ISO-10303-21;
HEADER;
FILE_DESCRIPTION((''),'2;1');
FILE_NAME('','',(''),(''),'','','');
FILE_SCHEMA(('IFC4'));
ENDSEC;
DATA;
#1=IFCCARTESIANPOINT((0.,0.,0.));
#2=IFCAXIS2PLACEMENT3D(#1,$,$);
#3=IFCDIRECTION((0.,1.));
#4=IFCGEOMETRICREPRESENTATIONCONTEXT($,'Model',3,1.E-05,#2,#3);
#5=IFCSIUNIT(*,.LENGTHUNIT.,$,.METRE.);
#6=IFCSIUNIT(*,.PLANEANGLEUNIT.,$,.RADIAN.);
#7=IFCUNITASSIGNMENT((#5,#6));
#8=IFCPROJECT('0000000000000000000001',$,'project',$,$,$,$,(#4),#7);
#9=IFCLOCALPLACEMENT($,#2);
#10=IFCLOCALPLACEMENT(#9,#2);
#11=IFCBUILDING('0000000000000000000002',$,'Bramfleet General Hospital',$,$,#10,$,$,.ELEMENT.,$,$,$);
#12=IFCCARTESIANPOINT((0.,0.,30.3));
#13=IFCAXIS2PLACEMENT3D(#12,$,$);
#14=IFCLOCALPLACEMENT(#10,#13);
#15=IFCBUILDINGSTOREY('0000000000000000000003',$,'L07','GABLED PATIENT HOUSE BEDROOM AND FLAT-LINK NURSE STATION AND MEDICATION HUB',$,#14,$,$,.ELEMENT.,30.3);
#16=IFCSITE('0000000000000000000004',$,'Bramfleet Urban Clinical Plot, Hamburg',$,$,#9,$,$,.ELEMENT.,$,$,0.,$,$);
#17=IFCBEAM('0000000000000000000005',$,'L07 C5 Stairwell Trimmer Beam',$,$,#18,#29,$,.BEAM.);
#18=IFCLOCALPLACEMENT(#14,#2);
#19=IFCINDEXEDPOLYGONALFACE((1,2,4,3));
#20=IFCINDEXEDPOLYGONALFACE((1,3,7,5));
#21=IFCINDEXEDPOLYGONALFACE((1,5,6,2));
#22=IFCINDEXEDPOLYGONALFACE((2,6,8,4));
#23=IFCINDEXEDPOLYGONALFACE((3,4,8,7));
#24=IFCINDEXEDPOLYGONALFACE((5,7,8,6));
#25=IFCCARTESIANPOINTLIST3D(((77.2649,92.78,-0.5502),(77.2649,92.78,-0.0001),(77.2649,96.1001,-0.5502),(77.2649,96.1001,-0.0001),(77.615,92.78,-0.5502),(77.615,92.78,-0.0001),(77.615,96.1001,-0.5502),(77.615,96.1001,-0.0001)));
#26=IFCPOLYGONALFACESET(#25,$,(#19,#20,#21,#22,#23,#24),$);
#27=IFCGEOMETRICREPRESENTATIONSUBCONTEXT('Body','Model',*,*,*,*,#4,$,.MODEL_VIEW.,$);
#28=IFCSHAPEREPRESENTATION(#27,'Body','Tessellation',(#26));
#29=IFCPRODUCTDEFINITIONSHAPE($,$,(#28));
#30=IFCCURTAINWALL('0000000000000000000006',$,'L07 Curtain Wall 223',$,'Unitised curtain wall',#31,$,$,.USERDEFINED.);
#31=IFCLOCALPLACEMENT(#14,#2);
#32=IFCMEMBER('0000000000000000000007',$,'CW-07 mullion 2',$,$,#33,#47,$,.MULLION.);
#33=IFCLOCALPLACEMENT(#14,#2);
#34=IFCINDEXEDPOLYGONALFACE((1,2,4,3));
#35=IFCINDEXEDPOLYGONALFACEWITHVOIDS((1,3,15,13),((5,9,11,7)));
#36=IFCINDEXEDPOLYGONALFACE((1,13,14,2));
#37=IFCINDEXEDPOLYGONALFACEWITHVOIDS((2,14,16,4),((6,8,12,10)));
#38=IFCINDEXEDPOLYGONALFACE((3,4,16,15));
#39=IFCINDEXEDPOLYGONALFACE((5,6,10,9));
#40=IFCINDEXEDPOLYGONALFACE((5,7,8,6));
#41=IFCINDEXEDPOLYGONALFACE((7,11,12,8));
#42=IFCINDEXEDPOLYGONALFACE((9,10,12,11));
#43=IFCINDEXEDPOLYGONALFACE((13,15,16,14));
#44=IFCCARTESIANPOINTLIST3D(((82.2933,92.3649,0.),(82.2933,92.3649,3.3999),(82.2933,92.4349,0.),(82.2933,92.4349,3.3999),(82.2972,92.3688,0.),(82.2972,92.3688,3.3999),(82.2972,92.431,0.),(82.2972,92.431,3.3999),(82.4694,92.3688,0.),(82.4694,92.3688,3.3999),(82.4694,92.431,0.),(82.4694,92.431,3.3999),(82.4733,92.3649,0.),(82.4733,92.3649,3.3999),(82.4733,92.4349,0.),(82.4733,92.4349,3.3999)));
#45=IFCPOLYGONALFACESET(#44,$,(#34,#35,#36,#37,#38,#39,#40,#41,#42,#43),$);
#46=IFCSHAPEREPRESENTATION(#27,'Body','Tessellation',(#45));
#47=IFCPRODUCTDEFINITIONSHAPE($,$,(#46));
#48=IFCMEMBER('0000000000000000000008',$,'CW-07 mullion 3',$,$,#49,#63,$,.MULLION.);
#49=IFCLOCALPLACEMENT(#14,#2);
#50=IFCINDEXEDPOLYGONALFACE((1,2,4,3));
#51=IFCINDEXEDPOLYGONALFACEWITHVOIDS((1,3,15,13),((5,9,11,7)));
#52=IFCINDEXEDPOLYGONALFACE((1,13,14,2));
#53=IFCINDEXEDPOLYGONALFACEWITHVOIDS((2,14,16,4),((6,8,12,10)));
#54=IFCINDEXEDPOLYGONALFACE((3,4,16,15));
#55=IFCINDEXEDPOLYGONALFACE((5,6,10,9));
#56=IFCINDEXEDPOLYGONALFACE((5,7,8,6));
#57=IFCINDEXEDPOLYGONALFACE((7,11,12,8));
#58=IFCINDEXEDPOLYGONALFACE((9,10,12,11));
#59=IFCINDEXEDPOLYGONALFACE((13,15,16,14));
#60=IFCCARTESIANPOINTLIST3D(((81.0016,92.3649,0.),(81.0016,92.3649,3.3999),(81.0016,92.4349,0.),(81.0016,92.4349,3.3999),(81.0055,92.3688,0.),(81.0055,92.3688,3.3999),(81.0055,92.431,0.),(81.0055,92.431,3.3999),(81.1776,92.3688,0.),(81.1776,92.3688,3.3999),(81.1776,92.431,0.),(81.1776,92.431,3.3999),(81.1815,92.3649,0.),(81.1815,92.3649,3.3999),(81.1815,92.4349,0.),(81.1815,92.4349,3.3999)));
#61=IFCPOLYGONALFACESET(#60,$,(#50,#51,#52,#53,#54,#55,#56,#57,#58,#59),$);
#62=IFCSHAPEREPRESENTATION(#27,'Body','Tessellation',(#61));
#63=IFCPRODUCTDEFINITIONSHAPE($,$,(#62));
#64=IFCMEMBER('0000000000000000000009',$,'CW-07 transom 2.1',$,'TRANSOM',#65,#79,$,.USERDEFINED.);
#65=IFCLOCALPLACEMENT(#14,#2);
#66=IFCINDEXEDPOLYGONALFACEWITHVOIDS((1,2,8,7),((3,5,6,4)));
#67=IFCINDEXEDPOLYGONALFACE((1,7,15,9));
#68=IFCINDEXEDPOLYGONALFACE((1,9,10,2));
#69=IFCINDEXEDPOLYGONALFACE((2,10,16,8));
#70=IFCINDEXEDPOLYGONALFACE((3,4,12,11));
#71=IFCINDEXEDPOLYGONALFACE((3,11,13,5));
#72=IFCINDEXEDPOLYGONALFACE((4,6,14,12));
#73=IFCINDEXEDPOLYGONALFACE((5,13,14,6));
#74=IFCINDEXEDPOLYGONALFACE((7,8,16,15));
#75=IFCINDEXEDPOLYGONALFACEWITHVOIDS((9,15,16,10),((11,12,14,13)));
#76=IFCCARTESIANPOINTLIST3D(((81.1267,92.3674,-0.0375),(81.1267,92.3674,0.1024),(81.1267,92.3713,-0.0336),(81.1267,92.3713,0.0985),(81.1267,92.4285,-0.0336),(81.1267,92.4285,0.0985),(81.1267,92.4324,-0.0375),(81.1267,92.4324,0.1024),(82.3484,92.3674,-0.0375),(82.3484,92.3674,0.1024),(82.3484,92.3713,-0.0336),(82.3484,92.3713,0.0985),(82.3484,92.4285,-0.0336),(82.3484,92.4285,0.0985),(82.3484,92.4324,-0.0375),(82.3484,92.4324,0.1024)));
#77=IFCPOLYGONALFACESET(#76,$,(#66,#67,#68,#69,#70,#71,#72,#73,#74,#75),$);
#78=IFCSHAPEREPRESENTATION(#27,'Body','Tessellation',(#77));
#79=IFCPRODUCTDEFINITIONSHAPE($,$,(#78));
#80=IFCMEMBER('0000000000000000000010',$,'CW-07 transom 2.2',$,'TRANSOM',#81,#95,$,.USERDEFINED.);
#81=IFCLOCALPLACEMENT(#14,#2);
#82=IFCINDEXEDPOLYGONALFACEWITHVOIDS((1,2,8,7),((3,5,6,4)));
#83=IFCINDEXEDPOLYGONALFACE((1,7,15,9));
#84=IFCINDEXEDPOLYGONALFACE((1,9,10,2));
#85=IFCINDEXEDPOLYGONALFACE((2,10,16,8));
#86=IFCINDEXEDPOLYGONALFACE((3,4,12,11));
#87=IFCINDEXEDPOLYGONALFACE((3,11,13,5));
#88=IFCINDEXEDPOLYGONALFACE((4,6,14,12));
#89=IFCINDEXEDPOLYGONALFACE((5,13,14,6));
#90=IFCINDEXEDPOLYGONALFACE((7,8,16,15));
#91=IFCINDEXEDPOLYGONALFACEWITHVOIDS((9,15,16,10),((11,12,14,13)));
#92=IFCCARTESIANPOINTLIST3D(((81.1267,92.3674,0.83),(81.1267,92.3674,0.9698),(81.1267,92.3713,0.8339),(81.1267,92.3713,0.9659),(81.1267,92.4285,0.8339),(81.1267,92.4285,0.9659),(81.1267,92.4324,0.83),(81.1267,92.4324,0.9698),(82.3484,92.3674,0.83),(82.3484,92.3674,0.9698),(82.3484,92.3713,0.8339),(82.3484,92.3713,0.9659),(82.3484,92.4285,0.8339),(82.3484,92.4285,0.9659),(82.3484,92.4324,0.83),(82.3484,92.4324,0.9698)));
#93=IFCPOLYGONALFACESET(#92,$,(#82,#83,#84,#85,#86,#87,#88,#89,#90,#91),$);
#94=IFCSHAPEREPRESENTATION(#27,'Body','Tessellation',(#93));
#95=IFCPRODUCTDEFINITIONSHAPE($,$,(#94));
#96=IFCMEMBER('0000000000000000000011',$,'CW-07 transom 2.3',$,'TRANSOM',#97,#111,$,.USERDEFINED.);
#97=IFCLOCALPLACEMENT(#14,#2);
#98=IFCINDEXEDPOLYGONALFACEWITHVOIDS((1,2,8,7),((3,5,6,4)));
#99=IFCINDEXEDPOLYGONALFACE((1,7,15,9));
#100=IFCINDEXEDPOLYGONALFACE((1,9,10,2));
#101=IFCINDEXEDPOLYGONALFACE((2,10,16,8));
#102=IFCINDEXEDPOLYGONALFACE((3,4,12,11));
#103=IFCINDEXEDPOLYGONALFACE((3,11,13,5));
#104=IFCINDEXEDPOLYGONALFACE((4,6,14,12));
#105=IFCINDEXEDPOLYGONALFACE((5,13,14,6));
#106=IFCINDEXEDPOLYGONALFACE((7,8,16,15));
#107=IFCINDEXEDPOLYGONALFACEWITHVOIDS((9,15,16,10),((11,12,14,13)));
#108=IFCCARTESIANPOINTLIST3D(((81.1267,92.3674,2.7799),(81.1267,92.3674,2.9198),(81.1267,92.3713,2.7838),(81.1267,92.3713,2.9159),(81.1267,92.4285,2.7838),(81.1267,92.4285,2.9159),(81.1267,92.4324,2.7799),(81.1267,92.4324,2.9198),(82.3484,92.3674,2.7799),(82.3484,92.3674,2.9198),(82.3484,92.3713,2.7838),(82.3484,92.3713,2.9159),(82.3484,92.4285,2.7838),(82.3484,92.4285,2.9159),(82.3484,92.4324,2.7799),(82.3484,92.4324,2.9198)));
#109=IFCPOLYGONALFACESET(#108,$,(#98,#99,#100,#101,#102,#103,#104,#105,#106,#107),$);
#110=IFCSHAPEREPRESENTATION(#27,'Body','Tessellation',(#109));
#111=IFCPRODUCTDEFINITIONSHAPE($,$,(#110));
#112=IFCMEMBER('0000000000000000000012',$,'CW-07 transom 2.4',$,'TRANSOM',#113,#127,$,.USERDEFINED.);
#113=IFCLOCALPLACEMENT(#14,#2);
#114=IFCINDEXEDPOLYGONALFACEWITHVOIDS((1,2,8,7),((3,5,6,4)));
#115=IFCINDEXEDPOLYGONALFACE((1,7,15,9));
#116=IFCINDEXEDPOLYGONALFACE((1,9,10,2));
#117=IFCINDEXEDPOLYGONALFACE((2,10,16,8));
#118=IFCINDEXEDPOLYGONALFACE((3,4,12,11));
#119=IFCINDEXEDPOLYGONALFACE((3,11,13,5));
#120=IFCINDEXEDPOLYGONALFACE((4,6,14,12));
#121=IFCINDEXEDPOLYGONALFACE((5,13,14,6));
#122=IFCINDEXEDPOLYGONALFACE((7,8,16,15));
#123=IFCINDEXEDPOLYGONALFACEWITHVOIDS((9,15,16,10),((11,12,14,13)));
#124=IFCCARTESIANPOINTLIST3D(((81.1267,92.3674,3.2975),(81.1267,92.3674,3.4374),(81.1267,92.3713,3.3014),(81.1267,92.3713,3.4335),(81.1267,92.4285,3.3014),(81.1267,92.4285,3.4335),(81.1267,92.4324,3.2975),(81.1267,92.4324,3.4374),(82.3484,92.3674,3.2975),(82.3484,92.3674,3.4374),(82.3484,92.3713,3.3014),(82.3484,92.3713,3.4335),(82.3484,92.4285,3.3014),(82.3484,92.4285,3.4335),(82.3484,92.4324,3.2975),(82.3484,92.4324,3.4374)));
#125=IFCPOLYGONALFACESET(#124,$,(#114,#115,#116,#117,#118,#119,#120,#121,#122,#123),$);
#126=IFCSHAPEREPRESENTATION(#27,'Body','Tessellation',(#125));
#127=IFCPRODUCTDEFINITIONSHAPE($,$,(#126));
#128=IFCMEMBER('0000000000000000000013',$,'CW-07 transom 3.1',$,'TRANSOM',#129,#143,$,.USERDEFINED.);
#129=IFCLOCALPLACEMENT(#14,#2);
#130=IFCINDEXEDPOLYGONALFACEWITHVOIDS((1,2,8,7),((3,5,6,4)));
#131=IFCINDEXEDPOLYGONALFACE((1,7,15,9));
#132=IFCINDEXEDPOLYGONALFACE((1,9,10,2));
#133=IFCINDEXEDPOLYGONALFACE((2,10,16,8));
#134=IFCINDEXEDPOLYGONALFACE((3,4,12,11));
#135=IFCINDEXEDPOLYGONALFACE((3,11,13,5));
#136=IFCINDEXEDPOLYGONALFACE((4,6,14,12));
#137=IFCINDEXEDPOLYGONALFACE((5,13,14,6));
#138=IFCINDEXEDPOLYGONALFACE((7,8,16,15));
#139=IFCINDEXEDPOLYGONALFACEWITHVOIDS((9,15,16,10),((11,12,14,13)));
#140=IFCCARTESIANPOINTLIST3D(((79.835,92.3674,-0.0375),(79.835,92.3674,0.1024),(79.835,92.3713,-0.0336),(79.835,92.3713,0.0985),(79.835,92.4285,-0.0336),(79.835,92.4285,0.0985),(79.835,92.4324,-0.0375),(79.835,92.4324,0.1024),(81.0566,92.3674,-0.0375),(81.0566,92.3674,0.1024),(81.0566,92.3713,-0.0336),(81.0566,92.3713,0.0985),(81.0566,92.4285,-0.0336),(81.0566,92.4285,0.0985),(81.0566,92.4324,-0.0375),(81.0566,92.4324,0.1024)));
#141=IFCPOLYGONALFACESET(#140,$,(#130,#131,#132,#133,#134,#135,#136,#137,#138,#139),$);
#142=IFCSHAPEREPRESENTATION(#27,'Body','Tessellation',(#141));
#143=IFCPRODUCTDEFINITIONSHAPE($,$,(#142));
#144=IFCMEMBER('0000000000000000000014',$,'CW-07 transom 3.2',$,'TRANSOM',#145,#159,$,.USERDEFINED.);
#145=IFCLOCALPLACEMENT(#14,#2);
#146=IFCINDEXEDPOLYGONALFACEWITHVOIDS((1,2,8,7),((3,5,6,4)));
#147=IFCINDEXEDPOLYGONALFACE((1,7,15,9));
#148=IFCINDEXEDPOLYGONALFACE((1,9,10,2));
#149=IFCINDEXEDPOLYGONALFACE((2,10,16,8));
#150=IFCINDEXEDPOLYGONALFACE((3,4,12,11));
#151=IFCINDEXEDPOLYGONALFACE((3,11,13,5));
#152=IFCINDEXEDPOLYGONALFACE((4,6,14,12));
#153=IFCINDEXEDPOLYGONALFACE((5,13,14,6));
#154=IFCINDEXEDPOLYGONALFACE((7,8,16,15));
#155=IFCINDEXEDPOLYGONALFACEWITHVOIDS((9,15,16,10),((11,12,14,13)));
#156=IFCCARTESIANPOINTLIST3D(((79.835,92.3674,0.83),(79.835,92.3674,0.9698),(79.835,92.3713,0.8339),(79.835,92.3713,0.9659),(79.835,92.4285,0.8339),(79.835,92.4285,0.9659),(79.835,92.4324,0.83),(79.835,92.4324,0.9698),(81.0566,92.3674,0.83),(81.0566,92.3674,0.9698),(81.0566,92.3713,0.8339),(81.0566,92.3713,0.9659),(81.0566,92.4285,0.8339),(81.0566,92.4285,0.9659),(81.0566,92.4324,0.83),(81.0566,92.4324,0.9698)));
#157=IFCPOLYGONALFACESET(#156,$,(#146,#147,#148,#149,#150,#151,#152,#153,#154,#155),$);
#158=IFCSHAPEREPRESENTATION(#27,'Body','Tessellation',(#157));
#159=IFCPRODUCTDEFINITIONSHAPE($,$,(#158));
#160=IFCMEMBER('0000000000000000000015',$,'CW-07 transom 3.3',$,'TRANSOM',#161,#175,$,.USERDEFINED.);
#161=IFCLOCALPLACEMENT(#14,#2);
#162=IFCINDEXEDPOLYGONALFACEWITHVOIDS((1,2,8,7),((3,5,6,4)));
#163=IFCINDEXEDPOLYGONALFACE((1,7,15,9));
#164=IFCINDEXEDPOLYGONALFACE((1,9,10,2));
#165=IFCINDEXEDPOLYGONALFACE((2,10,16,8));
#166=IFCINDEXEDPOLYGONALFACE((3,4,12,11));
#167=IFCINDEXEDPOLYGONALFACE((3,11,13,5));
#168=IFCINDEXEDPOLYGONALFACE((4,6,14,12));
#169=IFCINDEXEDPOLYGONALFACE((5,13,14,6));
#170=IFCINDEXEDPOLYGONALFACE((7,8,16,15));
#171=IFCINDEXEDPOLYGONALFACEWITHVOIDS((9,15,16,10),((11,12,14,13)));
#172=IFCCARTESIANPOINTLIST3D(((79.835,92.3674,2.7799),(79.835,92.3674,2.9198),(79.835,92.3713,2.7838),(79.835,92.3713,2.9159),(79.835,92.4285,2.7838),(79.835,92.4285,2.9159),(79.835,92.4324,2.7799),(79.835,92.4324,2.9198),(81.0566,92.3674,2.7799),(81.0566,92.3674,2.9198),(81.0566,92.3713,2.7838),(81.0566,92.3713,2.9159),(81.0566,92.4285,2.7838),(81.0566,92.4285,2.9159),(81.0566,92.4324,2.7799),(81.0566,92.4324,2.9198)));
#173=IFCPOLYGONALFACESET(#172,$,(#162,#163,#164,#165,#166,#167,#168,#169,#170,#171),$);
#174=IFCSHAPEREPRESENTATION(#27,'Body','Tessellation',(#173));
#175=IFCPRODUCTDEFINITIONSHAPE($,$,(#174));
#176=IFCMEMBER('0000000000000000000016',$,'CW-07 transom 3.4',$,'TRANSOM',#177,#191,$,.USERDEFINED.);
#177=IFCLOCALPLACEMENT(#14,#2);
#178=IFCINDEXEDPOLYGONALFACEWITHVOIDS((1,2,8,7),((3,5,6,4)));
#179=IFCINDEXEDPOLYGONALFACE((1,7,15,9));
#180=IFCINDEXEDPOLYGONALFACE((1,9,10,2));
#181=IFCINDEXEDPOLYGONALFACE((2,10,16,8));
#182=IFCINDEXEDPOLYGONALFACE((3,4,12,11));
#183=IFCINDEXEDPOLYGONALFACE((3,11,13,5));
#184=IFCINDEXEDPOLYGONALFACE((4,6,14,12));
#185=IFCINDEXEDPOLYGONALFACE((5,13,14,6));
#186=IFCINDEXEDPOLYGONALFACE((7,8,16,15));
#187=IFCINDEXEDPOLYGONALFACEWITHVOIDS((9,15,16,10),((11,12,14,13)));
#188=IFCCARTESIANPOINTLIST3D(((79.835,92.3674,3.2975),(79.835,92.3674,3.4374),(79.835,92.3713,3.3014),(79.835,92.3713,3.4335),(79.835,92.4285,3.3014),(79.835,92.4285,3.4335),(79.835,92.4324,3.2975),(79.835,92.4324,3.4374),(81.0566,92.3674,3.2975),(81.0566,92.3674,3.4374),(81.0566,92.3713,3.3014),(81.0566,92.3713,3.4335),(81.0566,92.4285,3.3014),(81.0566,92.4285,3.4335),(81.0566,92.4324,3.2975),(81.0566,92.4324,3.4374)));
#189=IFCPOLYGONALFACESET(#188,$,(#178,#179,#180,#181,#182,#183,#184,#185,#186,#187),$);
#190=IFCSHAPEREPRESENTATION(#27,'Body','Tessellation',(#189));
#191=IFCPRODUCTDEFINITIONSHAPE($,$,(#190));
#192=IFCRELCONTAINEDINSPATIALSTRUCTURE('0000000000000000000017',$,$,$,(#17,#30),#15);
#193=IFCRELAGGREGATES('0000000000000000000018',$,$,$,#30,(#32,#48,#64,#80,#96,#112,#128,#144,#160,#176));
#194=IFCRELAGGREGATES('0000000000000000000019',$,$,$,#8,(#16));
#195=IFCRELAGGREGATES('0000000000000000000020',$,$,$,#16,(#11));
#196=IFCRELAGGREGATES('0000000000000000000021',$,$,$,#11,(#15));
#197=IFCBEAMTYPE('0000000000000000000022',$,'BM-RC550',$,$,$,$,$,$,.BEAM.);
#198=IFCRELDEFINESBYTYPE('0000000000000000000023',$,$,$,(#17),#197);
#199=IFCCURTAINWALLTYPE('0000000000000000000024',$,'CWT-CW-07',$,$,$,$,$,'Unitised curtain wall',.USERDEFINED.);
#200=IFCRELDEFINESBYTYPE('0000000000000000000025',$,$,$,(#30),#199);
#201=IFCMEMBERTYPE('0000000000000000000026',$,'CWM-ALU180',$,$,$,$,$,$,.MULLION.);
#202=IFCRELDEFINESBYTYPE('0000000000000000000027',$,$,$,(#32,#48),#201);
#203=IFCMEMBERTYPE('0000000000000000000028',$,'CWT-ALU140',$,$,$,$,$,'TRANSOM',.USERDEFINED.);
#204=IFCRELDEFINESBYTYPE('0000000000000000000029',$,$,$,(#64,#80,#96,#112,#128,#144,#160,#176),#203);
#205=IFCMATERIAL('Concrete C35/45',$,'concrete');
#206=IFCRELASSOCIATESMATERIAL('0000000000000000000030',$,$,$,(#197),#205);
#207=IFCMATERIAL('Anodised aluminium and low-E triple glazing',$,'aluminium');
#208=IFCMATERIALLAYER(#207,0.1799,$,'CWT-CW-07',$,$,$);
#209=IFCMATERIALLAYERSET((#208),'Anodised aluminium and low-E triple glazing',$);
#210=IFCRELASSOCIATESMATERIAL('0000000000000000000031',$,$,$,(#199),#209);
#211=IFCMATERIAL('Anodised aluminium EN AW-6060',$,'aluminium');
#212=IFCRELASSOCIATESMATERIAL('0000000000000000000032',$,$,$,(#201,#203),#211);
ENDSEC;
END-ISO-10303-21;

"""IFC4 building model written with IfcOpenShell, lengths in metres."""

from ifc_helpers import new_model, si_unit, direction, frame, origin, origin_2d, place, context, subcontext, project, spatial, rectangle, hollow_rectangle, extrude, material, layer, layer_set, material_profile, profile_set, type_object, element, aggregate, save


model = new_model("IFC4")

# Units and contexts
model_context = context("Model", 3, precision=1e-05, world=origin(), true_north=direction((0.0, 1.0)))
body_context = subcontext(model_context, "Body", "Model", "MODEL_VIEW")
ifc_project = project(units=[si_unit("LENGTHUNIT", "METRE"), si_unit("PLANEANGLEUNIT", "RADIAN")], contexts=[model_context])

# Site, building, storey
site_placement = place(None, origin())
site = spatial("IfcSite", under=ifc_project, at=site_placement, Name="Bramfleet Urban Clinical Plot, Hamburg", CompositionType="ELEMENT", RefElevation=0.0)
building_placement = place(site_placement, origin())
building = spatial("IfcBuilding", under=site, at=building_placement, Name="Bramfleet General Hospital", CompositionType="ELEMENT")
storey_placement = place(building_placement, frame((0.0, 0.0, 30.3)))
storey = spatial("IfcBuildingStorey", under=building, at=storey_placement, Name="L07", Description="GABLED PATIENT HOUSE BEDROOM AND FLAT-LINK NURSE STATION AND MEDICATION HUB", CompositionType="ELEMENT", Elevation=30.3)

# Beam
ifc_material_1 = material(Name="Concrete C35/45", Category="concrete")
ifc_material_profile_1 = material_profile(ifc_material_1, rectangle(XDim=0.3501, YDim=0.55, at=origin_2d()), Name="RC BM 550x350")
ifc_profile_set_1 = profile_set([ifc_material_profile_1], Name="Concrete C35/45")
beam_type = type_object("IfcBeamType", Name="BM-RC550", PredefinedType="BEAM", material=ifc_profile_set_1)
beam_placement = place(storey_placement, frame((77.4399, 92.78, -0.2751), z_axis=(0.0, 1.0, 0.0), x_axis=(-1.0, 0.0, 0.0)))
element("IfcBeam", 1, at=beam_placement, inside=storey, type_object=beam_type, Name="L07 C5 Stairwell Trimmer Beam", PredefinedType="BEAM", context=body_context, shape_type="SweptSolid", body=[
    extrude(rectangle(XDim=0.3501, YDim=0.55, at=origin_2d()), origin(), (0.0, 0.0, 1.0), 3.3201),
])

# Curtain wall, members
ifc_material_2 = material(Name="Anodised aluminium and low-E triple glazing", Category="aluminium")
ifc_layer_1 = layer(ifc_material_2, 0.1799, Name="CWT-CW-07")
ifc_layer_set_1 = layer_set([ifc_layer_1], Name="Anodised aluminium and low-E triple glazing")
curtain_wall_type = type_object("IfcCurtainWallType", Name="CWT-CW-07", ElementType="Unitised curtain wall", PredefinedType="USERDEFINED", material=ifc_layer_set_1)
curtain_wall_placement = place(storey_placement, origin())
curtain_wall = element("IfcCurtainWall", 2, at=curtain_wall_placement, inside=storey, type_object=curtain_wall_type, Name="L07 Curtain Wall 223", ObjectType="Unitised curtain wall", PredefinedType="USERDEFINED")
ifc_material_3 = material(Name="Anodised aluminium EN AW-6060", Category="aluminium")
ifc_material_profile_2 = material_profile(ifc_material_3, hollow_rectangle(XDim=0.0701, YDim=0.1799, WallThickness=0.0039, at=origin_2d()), Name="ALU 180x70x4.0")
ifc_profile_set_2 = profile_set([ifc_material_profile_2], Name="Anodised aluminium EN AW-6060")
member_type_1 = type_object("IfcMemberType", Name="CWM-ALU180", PredefinedType="MULLION", material=ifc_profile_set_2)
member_1_placement = place(storey_placement, frame((82.3833, 92.3999, 0.0), z_axis=(0.0, 0.0, 1.0), x_axis=(0.0, -1.0, 0.0)))
member_1 = element("IfcMember", 3, at=member_1_placement, type_object=member_type_1, Name="CW-07 mullion 2", PredefinedType="MULLION", context=body_context, shape_type="SweptSolid", body=[
    extrude(hollow_rectangle(XDim=0.0701, YDim=0.1799, WallThickness=0.0039, at=origin_2d()), origin(), (0.0, 0.0, 1.0), 3.3999),
])
member_2_placement = place(storey_placement, frame((81.0916, 92.3999, 0.0), z_axis=(0.0, 0.0, 1.0), x_axis=(0.0, -1.0, 0.0)))
member_2 = element("IfcMember", 4, at=member_2_placement, type_object=member_type_1, Name="CW-07 mullion 3", PredefinedType="MULLION", context=body_context, shape_type="SweptSolid", body=[
    extrude(hollow_rectangle(XDim=0.0701, YDim=0.1799, WallThickness=0.0039, at=origin_2d()), origin(), (0.0, 0.0, 1.0), 3.3999),
])
ifc_material_profile_3 = material_profile(ifc_material_3, hollow_rectangle(XDim=0.0649, YDim=0.1399, WallThickness=0.0039, at=origin_2d()), Name="ALU 140x65x4.0")
ifc_profile_set_3 = profile_set([ifc_material_profile_3], Name="Anodised aluminium EN AW-6060")
member_type_2 = type_object("IfcMemberType", Name="CWT-ALU140", ElementType="TRANSOM", PredefinedType="USERDEFINED", material=ifc_profile_set_3)
member_3_placement = place(storey_placement, frame((82.3484, 92.3999, 0.0325), z_axis=(-1.0, 0.0, 0.0), x_axis=(0.0, -1.0, 0.0)))
member_3 = element("IfcMember", 5, at=member_3_placement, type_object=member_type_2, Name="CW-07 transom 2.1", ObjectType="TRANSOM", PredefinedType="USERDEFINED", context=body_context, shape_type="SweptSolid", body=[
    extrude(hollow_rectangle(XDim=0.0649, YDim=0.1399, WallThickness=0.0039, at=origin_2d()), origin(), (0.0, 0.0, 1.0), 1.2217),
])
member_4_placement = place(storey_placement, frame((82.3484, 92.3999, 0.8999), z_axis=(-1.0, 0.0, 0.0), x_axis=(0.0, -1.0, 0.0)))
member_4 = element("IfcMember", 6, at=member_4_placement, type_object=member_type_2, Name="CW-07 transom 2.2", ObjectType="TRANSOM", PredefinedType="USERDEFINED", context=body_context, shape_type="SweptSolid", body=[
    extrude(hollow_rectangle(XDim=0.0649, YDim=0.1399, WallThickness=0.0039, at=origin_2d()), origin(), (0.0, 0.0, 1.0), 1.2217),
])
member_5_placement = place(storey_placement, frame((82.3484, 92.3999, 2.8499), z_axis=(-1.0, 0.0, 0.0), x_axis=(0.0, -1.0, 0.0)))
member_5 = element("IfcMember", 7, at=member_5_placement, type_object=member_type_2, Name="CW-07 transom 2.3", ObjectType="TRANSOM", PredefinedType="USERDEFINED", context=body_context, shape_type="SweptSolid", body=[
    extrude(hollow_rectangle(XDim=0.0649, YDim=0.1399, WallThickness=0.0039, at=origin_2d()), origin(), (0.0, 0.0, 1.0), 1.2217),
])
member_6_placement = place(storey_placement, frame((82.3484, 92.3999, 3.3674), z_axis=(-1.0, 0.0, 0.0), x_axis=(0.0, -1.0, 0.0)))
member_6 = element("IfcMember", 8, at=member_6_placement, type_object=member_type_2, Name="CW-07 transom 2.4", ObjectType="TRANSOM", PredefinedType="USERDEFINED", context=body_context, shape_type="SweptSolid", body=[
    extrude(hollow_rectangle(XDim=0.0649, YDim=0.1399, WallThickness=0.0039, at=origin_2d()), origin(), (0.0, 0.0, 1.0), 1.2217),
])
member_7_placement = place(storey_placement, frame((81.0566, 92.3999, 0.0325), z_axis=(-1.0, 0.0, 0.0), x_axis=(0.0, -1.0, 0.0)))
member_7 = element("IfcMember", 9, at=member_7_placement, type_object=member_type_2, Name="CW-07 transom 3.1", ObjectType="TRANSOM", PredefinedType="USERDEFINED", context=body_context, shape_type="SweptSolid", body=[
    extrude(hollow_rectangle(XDim=0.0649, YDim=0.1399, WallThickness=0.0039, at=origin_2d()), origin(), (0.0, 0.0, 1.0), 1.2217),
])
member_8_placement = place(storey_placement, frame((81.0566, 92.3999, 0.8999), z_axis=(-1.0, 0.0, 0.0), x_axis=(0.0, -1.0, 0.0)))
member_8 = element("IfcMember", 10, at=member_8_placement, type_object=member_type_2, Name="CW-07 transom 3.2", ObjectType="TRANSOM", PredefinedType="USERDEFINED", context=body_context, shape_type="SweptSolid", body=[
    extrude(hollow_rectangle(XDim=0.0649, YDim=0.1399, WallThickness=0.0039, at=origin_2d()), origin(), (0.0, 0.0, 1.0), 1.2217),
])
member_9_placement = place(storey_placement, frame((81.0566, 92.3999, 2.8499), z_axis=(-1.0, 0.0, 0.0), x_axis=(0.0, -1.0, 0.0)))
member_9 = element("IfcMember", 11, at=member_9_placement, type_object=member_type_2, Name="CW-07 transom 3.3", ObjectType="TRANSOM", PredefinedType="USERDEFINED", context=body_context, shape_type="SweptSolid", body=[
    extrude(hollow_rectangle(XDim=0.0649, YDim=0.1399, WallThickness=0.0039, at=origin_2d()), origin(), (0.0, 0.0, 1.0), 1.2217),
])
member_10_placement = place(storey_placement, frame((81.0566, 92.3999, 3.3674), z_axis=(-1.0, 0.0, 0.0), x_axis=(0.0, -1.0, 0.0)))
member_10 = element("IfcMember", 12, at=member_10_placement, type_object=member_type_2, Name="CW-07 transom 3.4", ObjectType="TRANSOM", PredefinedType="USERDEFINED", context=body_context, shape_type="SweptSolid", body=[
    extrude(hollow_rectangle(XDim=0.0649, YDim=0.1399, WallThickness=0.0039, at=origin_2d()), origin(), (0.0, 0.0, 1.0), 1.2217),
])
aggregate(curtain_wall, [member_1, member_2, member_3, member_4, member_5, member_6, member_7, member_8, member_9, member_10])

save(model, "model.ifc")
